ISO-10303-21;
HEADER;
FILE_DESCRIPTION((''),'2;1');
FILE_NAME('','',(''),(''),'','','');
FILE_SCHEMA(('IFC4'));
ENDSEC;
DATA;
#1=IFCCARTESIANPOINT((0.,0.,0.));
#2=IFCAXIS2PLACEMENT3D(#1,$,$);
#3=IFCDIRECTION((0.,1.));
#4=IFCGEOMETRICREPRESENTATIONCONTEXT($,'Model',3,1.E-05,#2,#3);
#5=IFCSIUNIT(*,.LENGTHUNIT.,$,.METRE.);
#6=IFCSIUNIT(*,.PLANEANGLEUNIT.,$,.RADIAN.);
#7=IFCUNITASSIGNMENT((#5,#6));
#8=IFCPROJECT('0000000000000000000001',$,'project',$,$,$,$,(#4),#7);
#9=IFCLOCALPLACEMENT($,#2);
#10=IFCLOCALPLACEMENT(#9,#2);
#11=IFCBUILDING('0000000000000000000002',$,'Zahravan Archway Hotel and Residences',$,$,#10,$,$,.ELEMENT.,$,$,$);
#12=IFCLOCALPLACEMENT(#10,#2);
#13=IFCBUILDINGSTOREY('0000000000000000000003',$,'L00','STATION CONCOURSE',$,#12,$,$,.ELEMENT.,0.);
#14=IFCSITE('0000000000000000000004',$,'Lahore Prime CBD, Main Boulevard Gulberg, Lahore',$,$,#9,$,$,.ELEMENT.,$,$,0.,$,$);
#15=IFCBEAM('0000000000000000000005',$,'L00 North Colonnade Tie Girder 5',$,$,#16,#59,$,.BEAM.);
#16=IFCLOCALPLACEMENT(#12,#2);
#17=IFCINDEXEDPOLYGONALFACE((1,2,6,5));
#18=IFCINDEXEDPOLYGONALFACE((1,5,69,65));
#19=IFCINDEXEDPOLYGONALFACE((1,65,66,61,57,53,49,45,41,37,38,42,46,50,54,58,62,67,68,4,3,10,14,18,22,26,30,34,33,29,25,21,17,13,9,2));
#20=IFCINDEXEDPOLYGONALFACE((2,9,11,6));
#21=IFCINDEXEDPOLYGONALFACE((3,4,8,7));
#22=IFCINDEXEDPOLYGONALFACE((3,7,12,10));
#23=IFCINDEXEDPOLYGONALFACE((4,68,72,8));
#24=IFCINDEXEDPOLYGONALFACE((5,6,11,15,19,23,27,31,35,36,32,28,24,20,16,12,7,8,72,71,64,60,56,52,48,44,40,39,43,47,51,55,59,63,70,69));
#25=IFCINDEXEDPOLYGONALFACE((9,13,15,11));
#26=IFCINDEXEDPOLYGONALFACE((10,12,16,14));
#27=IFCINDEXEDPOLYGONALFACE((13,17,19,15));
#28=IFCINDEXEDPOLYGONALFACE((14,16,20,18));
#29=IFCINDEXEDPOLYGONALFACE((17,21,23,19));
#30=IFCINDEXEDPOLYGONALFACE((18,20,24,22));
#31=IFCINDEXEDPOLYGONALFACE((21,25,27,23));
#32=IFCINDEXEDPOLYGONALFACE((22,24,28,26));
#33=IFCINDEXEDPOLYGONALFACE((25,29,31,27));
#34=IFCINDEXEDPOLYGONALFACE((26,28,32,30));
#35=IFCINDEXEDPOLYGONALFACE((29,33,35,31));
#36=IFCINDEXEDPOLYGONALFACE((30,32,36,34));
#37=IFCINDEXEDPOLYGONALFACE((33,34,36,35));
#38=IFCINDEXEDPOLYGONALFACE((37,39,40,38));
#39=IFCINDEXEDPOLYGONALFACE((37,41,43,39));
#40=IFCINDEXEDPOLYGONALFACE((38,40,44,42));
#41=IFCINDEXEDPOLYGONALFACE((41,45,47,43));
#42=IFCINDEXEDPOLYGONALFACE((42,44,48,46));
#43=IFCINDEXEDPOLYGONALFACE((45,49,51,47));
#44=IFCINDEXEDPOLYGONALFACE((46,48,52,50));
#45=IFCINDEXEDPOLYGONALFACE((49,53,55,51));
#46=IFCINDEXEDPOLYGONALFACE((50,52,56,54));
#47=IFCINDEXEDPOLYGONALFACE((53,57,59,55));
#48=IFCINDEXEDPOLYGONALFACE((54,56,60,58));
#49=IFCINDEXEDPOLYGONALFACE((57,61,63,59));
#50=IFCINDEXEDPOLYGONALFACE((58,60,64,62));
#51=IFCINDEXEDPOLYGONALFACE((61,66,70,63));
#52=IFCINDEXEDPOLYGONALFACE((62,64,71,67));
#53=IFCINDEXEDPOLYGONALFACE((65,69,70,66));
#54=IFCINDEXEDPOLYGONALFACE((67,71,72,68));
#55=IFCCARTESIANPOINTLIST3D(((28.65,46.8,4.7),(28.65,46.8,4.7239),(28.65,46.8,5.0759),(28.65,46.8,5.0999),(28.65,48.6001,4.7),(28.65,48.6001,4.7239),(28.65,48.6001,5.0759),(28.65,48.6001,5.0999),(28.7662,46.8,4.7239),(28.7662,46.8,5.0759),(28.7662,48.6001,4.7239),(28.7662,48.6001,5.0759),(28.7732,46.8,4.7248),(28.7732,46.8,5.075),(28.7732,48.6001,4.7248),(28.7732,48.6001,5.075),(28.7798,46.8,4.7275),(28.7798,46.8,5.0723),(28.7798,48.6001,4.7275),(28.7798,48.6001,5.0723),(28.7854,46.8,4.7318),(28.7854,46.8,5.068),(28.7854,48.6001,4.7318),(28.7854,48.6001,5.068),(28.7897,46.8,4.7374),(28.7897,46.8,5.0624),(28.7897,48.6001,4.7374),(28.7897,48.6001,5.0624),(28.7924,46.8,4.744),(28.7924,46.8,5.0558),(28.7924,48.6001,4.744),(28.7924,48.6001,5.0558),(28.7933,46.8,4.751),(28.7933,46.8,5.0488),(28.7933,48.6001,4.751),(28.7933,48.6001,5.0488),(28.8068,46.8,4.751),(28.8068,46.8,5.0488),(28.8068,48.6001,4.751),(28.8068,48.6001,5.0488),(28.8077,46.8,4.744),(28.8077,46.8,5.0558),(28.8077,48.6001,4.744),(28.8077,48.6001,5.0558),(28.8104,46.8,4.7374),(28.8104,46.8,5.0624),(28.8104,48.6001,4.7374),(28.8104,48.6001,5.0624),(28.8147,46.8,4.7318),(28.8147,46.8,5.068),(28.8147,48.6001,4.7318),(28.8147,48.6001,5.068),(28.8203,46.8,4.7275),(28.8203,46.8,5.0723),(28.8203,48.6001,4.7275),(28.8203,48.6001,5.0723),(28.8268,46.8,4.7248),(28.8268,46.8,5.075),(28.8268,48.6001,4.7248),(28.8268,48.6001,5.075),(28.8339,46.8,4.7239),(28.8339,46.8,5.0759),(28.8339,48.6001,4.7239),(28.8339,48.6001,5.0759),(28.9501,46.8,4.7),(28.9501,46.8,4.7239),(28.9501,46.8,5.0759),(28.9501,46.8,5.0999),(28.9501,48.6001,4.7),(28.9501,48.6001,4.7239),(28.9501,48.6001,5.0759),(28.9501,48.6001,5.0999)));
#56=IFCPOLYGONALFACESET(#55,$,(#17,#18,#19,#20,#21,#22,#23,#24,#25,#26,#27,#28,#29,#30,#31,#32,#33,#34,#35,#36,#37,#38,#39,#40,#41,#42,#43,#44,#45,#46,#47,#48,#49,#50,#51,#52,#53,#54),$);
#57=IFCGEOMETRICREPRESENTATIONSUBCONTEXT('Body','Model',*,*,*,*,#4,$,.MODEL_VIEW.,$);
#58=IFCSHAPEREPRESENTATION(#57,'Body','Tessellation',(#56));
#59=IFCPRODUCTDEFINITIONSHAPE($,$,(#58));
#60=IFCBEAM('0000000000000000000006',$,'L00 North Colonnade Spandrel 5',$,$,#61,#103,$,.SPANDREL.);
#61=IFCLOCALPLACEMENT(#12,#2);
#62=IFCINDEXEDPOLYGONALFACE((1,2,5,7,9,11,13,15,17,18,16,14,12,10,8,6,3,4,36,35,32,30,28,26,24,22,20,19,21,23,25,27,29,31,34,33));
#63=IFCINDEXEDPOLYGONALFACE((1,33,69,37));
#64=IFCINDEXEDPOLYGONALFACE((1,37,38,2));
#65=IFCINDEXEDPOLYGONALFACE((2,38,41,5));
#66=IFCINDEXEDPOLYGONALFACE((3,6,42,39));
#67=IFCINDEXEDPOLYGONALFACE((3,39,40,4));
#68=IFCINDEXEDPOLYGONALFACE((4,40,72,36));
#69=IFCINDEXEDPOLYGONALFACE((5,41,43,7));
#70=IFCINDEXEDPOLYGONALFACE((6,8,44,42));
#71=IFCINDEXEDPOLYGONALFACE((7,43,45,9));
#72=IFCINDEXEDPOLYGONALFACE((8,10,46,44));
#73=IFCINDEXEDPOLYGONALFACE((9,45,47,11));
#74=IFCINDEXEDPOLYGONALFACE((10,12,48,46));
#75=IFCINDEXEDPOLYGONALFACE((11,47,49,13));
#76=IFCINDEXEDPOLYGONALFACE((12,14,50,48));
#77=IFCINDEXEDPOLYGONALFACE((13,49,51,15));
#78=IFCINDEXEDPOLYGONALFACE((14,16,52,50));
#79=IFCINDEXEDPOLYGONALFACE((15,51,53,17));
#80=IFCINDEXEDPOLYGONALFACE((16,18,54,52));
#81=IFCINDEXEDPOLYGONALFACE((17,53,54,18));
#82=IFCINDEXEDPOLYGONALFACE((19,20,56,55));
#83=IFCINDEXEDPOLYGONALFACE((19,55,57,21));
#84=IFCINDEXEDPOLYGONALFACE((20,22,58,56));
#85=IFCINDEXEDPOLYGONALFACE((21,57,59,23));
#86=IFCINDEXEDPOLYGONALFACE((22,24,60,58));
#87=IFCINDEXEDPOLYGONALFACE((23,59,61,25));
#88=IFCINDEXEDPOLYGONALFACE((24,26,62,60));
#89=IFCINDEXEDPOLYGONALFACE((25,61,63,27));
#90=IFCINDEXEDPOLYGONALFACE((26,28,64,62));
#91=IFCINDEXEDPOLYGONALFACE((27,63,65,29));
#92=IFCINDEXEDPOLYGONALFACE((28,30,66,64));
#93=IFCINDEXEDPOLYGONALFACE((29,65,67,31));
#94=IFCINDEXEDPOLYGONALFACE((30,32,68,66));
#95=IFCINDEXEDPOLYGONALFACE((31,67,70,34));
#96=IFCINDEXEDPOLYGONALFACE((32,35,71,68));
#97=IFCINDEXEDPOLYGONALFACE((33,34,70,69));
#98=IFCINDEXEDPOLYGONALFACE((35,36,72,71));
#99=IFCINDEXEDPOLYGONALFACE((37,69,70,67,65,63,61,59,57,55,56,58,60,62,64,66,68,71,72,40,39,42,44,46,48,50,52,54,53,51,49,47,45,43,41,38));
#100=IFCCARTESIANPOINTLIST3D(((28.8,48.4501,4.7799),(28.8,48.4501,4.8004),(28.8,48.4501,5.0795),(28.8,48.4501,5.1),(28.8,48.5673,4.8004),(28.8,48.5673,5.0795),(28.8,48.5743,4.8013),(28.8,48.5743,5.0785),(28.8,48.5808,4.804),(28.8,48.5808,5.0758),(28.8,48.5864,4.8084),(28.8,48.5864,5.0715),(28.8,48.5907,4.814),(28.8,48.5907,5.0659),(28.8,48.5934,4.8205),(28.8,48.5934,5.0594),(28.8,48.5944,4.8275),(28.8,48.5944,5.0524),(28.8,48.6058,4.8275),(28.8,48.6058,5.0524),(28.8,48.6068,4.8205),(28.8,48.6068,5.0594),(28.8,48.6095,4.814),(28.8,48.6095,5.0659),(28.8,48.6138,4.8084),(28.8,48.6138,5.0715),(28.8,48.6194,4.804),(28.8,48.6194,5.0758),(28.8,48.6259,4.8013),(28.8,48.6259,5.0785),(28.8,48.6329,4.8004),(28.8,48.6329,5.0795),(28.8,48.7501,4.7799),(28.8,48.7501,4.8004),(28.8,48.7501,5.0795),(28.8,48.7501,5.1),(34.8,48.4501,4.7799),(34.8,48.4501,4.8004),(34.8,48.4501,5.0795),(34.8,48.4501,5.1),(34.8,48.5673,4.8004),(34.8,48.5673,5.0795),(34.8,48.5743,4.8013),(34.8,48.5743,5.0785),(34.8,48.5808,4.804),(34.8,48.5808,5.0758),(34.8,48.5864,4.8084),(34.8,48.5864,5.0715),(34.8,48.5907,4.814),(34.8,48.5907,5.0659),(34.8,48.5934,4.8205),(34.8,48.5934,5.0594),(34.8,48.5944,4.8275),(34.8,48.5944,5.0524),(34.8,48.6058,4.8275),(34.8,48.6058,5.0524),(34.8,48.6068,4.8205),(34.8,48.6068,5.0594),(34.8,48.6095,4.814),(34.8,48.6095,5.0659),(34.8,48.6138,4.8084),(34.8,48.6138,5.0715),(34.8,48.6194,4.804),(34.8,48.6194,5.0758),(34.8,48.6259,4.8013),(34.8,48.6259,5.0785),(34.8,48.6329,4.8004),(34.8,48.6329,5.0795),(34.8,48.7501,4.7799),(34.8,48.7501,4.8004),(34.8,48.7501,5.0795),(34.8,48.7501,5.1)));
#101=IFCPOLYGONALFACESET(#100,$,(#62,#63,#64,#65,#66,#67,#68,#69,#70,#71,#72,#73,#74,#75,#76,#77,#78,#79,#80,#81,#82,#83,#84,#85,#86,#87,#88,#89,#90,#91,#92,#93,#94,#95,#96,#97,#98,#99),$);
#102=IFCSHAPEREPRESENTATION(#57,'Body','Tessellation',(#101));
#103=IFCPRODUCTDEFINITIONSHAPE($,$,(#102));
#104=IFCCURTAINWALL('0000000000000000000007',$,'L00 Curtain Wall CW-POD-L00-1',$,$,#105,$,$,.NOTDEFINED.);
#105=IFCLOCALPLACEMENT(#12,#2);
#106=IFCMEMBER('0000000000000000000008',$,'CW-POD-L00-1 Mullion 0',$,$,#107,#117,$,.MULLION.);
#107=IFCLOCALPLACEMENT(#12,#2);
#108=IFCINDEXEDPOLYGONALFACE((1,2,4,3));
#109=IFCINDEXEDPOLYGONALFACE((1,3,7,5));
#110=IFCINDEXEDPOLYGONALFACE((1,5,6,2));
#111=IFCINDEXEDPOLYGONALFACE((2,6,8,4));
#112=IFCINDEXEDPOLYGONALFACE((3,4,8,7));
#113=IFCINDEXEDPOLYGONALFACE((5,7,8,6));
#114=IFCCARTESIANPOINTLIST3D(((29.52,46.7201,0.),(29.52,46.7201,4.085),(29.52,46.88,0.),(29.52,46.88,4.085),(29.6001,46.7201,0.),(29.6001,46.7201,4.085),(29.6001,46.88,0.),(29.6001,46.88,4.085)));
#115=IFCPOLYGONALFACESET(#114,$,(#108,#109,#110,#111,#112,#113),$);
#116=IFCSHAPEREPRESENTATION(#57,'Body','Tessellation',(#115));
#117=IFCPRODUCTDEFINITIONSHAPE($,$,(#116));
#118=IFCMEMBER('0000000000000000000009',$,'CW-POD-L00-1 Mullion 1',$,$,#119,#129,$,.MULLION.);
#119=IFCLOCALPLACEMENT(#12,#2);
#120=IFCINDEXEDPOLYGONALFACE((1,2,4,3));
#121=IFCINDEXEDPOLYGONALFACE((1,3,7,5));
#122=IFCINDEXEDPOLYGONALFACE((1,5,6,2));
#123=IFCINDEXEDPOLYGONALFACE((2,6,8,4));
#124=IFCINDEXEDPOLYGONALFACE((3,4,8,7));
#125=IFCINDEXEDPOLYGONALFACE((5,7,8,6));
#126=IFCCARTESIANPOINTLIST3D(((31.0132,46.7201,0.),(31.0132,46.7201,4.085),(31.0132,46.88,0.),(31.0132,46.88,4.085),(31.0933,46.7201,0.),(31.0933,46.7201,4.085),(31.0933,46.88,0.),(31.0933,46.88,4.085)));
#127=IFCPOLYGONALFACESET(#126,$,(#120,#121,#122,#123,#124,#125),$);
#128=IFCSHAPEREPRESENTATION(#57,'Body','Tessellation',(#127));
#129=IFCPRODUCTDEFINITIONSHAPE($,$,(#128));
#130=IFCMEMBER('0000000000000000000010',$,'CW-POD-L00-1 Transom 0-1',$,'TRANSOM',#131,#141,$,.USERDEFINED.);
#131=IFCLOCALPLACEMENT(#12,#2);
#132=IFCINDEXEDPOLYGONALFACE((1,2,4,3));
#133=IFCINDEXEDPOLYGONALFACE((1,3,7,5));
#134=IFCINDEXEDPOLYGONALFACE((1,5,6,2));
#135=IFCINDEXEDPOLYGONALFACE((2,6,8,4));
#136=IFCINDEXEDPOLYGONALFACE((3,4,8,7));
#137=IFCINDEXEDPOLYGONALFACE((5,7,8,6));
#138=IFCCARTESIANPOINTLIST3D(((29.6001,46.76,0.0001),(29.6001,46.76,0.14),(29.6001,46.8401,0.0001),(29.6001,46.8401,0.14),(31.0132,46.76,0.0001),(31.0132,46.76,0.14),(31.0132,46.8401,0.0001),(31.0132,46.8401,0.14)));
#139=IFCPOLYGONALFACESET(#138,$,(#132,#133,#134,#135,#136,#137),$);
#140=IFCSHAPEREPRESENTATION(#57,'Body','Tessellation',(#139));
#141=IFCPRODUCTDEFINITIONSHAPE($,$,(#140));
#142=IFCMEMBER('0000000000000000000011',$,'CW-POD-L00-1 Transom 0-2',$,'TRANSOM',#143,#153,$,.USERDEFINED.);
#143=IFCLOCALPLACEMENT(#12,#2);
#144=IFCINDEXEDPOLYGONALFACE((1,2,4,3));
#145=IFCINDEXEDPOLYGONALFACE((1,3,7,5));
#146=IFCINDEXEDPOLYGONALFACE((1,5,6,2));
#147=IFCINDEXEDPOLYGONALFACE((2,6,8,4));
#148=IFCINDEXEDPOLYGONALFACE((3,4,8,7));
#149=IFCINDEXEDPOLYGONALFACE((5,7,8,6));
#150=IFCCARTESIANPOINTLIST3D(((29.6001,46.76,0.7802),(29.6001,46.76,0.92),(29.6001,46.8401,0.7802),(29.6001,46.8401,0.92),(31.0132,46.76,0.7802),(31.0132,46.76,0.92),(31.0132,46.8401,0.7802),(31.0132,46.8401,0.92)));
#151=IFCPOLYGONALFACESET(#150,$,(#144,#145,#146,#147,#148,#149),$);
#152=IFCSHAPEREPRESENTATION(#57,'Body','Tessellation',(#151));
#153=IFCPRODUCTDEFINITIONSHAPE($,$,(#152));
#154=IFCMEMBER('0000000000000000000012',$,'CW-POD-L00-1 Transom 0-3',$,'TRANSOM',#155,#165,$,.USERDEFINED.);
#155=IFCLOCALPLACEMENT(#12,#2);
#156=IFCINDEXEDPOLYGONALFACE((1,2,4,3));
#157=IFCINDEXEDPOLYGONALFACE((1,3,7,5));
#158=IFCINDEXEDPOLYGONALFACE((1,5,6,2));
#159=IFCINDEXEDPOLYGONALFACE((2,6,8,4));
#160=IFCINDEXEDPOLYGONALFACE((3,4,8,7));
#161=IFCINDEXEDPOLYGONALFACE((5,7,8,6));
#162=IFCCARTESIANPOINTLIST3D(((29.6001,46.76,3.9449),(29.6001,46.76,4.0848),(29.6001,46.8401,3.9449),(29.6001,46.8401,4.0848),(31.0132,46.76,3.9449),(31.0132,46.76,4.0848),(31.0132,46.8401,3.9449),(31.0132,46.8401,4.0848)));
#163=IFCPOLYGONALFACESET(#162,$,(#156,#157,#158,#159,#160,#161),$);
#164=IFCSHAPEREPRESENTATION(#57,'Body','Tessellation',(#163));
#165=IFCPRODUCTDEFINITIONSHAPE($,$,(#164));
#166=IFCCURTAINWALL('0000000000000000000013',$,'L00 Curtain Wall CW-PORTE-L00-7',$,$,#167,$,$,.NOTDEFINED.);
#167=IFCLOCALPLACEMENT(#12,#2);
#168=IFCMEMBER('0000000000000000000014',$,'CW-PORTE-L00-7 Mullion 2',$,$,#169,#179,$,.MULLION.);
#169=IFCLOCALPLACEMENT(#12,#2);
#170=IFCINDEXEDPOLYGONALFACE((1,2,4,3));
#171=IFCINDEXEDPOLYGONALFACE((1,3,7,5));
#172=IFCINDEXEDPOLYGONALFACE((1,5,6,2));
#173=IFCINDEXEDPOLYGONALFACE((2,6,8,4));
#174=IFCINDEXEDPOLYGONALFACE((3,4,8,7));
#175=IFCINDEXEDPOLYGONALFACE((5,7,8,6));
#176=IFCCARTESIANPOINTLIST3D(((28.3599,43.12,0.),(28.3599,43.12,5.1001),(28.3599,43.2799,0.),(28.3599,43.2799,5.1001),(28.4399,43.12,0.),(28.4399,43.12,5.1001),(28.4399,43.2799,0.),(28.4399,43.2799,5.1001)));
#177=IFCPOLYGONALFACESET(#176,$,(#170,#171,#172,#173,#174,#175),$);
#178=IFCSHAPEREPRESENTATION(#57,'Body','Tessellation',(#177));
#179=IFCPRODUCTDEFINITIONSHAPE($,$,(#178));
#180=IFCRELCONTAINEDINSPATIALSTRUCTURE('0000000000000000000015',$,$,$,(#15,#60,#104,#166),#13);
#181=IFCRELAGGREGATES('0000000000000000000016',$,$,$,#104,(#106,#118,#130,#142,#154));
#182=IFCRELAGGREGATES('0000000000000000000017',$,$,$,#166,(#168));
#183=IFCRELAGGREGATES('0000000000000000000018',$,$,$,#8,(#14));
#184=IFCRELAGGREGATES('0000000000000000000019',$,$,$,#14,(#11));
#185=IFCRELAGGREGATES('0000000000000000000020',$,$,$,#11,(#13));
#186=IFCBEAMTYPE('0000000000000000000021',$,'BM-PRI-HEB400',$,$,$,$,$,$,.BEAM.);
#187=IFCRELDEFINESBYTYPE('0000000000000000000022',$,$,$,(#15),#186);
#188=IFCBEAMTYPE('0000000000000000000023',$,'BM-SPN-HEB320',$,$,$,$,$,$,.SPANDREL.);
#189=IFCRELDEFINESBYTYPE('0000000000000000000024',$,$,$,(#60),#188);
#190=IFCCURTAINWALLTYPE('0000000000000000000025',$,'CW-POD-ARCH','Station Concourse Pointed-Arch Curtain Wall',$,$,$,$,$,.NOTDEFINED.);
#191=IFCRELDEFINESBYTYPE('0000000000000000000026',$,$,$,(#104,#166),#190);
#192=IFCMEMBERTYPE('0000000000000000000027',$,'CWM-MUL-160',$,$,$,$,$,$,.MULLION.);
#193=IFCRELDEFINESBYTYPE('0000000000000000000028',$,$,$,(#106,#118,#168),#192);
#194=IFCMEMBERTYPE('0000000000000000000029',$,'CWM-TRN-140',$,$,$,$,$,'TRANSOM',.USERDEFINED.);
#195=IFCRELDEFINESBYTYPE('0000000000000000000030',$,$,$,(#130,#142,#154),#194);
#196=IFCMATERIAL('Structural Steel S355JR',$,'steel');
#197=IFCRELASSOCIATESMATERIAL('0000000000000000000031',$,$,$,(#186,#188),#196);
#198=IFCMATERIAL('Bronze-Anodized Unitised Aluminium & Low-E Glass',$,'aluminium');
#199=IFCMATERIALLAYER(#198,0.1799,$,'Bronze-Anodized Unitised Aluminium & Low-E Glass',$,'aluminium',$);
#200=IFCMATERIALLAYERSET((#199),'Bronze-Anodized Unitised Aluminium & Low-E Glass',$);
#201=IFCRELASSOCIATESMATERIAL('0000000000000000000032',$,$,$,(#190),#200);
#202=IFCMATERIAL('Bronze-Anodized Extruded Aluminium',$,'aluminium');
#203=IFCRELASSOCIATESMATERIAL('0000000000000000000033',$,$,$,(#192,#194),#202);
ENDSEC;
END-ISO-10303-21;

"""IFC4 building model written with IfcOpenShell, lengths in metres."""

from ifc_helpers import new_model, si_unit, direction, frame, origin, origin_2d, place, context, subcontext, project, spatial, rectangle, i_section, extrude, source, transform, mapped, material, layer, layer_set, material_profile, profile_set, type_object, type_shapes, element, aggregate, save


model = new_model("IFC4")

# Units and contexts
model_context = context("Model", 3, precision=1e-05, world=origin(), true_north=direction((0.0, 1.0)))
body_context = subcontext(model_context, "Body", "Model", "MODEL_VIEW")
ifc_project = project(units=[si_unit("LENGTHUNIT", "METRE"), si_unit("PLANEANGLEUNIT", "RADIAN")], contexts=[model_context])

# Site, building, storey
site_placement = place(None, origin())
site = spatial("IfcSite", under=ifc_project, at=site_placement, Name="Lahore Prime CBD, Main Boulevard Gulberg, Lahore", CompositionType="ELEMENT", RefElevation=0.0)
building_placement = place(site_placement, origin())
building = spatial("IfcBuilding", under=site, at=building_placement, Name="Zahravan Archway Hotel and Residences", CompositionType="ELEMENT")
storey_placement = place(building_placement, origin())
storey = spatial("IfcBuildingStorey", under=building, at=storey_placement, Name="L00", Description="STATION CONCOURSE", CompositionType="ELEMENT", Elevation=0.0)

# Beams
ifc_material_1 = material(Name="Structural Steel S355JR", Category="steel")
ifc_material_profile_1 = material_profile(ifc_material_1, i_section(OverallWidth=0.3, OverallDepth=0.3999, WebThickness=0.0134, FlangeThickness=0.0239, FilletRadius=0.0271, at=origin_2d()), Name="HEB 400", Category="steel")
ifc_profile_set_1 = profile_set([ifc_material_profile_1], Name="Structural Steel S355JR")
beam_type_1 = type_object("IfcBeamType", Name="BM-PRI-HEB400", PredefinedType="BEAM", material=ifc_profile_set_1)
shared_shape_1 = source(origin(), body_context, "Body", "SweptSolid", [
    extrude(i_section(OverallWidth=0.3, OverallDepth=0.3999, WebThickness=0.0134, FlangeThickness=0.0239, FilletRadius=0.0271, at=origin_2d()), origin(), (0.0, 0.0, 1.0), 1.8),
])
beam_1_placement = place(storey_placement, frame((28.8, 46.8, 4.8999), z_axis=(0.0, 1.0, 0.0), x_axis=(-1.0, 0.0, 0.0)))
element("IfcBeam", 1, at=beam_1_placement, inside=storey, type_object=beam_type_1, Name="L00 North Colonnade Tie Girder 5", PredefinedType="BEAM", context=body_context, shape_type="MappedRepresentation", body=[
    mapped(shared_shape_1, transform((0.0, 0.0, 0.0), scale=1.0)),
])
ifc_material_profile_2 = material_profile(ifc_material_1, i_section(OverallWidth=0.3, OverallDepth=0.3201, WebThickness=0.0115, FlangeThickness=0.0205, FilletRadius=0.0271, at=origin_2d()), Name="HEB 320", Category="steel")
ifc_profile_set_2 = profile_set([ifc_material_profile_2], Name="Structural Steel S355JR")
beam_type_2 = type_object("IfcBeamType", Name="BM-SPN-HEB320", PredefinedType="SPANDREL", material=ifc_profile_set_2)
shared_shape_2 = source(origin(), body_context, "Body", "SweptSolid", [
    extrude(i_section(OverallWidth=0.3, OverallDepth=0.3201, WebThickness=0.0115, FlangeThickness=0.0205, FilletRadius=0.0271, at=origin_2d()), origin(), (0.0, 0.0, 1.0), 6.0),
])
beam_2_placement = place(storey_placement, frame((28.8, 48.6001, 4.9399), z_axis=(1.0, 0.0, 0.0), x_axis=(0.0, 1.0, 0.0)))
element("IfcBeam", 2, at=beam_2_placement, inside=storey, type_object=beam_type_2, Name="L00 North Colonnade Spandrel 5", PredefinedType="SPANDREL", context=body_context, shape_type="MappedRepresentation", body=[
    mapped(shared_shape_2, transform((0.0, 0.0, 0.0), scale=1.0)),
])

# Curtain walls, members
ifc_material_2 = material(Name="Bronze-Anodized Unitised Aluminium & Low-E Glass", Category="aluminium")
ifc_layer_1 = layer(ifc_material_2, 0.1799, Name="Bronze-Anodized Unitised Aluminium & Low-E Glass", Category="aluminium")
ifc_layer_set_1 = layer_set([ifc_layer_1], Name="Bronze-Anodized Unitised Aluminium & Low-E Glass")
curtain_wall_type = type_object("IfcCurtainWallType", Name="CW-POD-ARCH", Description="Station Concourse Pointed-Arch Curtain Wall", PredefinedType="NOTDEFINED", material=ifc_layer_set_1)
curtain_wall_1_placement = place(storey_placement, origin())
curtain_wall_1 = element("IfcCurtainWall", 3, at=curtain_wall_1_placement, inside=storey, type_object=curtain_wall_type, Name="L00 Curtain Wall CW-POD-L00-1", PredefinedType="NOTDEFINED")
ifc_material_3 = material(Name="Bronze-Anodized Extruded Aluminium", Category="aluminium")
ifc_material_profile_3 = material_profile(ifc_material_3, rectangle(XDim=0.0801, YDim=0.1599, at=origin_2d()), Name="MUL 80x160", Category="aluminium")
ifc_profile_set_3 = profile_set([ifc_material_profile_3], Name="Bronze-Anodized Extruded Aluminium")
member_type_1 = type_object("IfcMemberType", Name="CWM-MUL-160", PredefinedType="MULLION", material=ifc_profile_set_3)
shared_shape_3 = source(origin(), body_context, "Body", "SweptSolid", [
    extrude(rectangle(XDim=0.0801, YDim=0.1599, at=origin_2d()), origin(), (0.0, 0.0, 1.0), 4.085),
])
type_shapes(member_type_1, [shared_shape_3])
member_1_placement = place(storey_placement, frame((29.5601, 46.8, 0.0), z_axis=(0.0, 0.0, 1.0), x_axis=(1.0, 0.0, 0.0)))
member_1 = element("IfcMember", 4, at=member_1_placement, type_object=member_type_1, Name="CW-POD-L00-1 Mullion 0", PredefinedType="MULLION", context=body_context, shape_type="MappedRepresentation", body=[
    mapped(shared_shape_3, transform((0.0, 0.0, 0.0), scale=1.0)),
])
member_2_placement = place(storey_placement, frame((31.0532, 46.8, 0.0), z_axis=(0.0, 0.0, 1.0), x_axis=(1.0, 0.0, 0.0)))
member_2 = element("IfcMember", 5, at=member_2_placement, type_object=member_type_1, Name="CW-POD-L00-1 Mullion 1", PredefinedType="MULLION", context=body_context, shape_type="MappedRepresentation", body=[
    mapped(shared_shape_3, transform((0.0, 0.0, 0.0), scale=1.0)),
])
ifc_material_profile_4 = material_profile(ifc_material_3, rectangle(XDim=0.0801, YDim=0.1399, at=origin_2d()), Name="TRN 80x140", Category="aluminium")
ifc_profile_set_4 = profile_set([ifc_material_profile_4], Name="Bronze-Anodized Extruded Aluminium")
member_type_2 = type_object("IfcMemberType", Name="CWM-TRN-140", ElementType="TRANSOM", PredefinedType="USERDEFINED", material=ifc_profile_set_4)
shared_shape_4 = source(origin(), body_context, "Body", "SweptSolid", [
    extrude(rectangle(XDim=0.0801, YDim=0.1399, at=origin_2d()), origin(), (0.0, 0.0, 1.0), 1.4131),
])
type_shapes(member_type_2, [shared_shape_4])
member_3_placement = place(storey_placement, frame((29.6001, 46.8, 0.0701), z_axis=(1.0, 0.0, 0.0), x_axis=(0.0, 1.0, 0.0)))
member_3 = element("IfcMember", 6, at=member_3_placement, type_object=member_type_2, Name="CW-POD-L00-1 Transom 0-1", ObjectType="TRANSOM", PredefinedType="USERDEFINED", context=body_context, shape_type="MappedRepresentation", body=[
    mapped(shared_shape_4, transform((0.0, 0.0, 0.0), scale=1.0)),
])
member_4_placement = place(storey_placement, frame((29.6001, 46.8, 0.8501), z_axis=(1.0, 0.0, 0.0), x_axis=(0.0, 1.0, 0.0)))
member_4 = element("IfcMember", 7, at=member_4_placement, type_object=member_type_2, Name="CW-POD-L00-1 Transom 0-2", ObjectType="TRANSOM", PredefinedType="USERDEFINED", context=body_context, shape_type="MappedRepresentation", body=[
    mapped(shared_shape_4, transform((0.0, 0.0, 0.0), scale=1.0)),
])
member_5_placement = place(storey_placement, frame((29.6001, 46.8, 4.0149), z_axis=(1.0, 0.0, 0.0), x_axis=(0.0, 1.0, 0.0)))
member_5 = element("IfcMember", 8, at=member_5_placement, type_object=member_type_2, Name="CW-POD-L00-1 Transom 0-3", ObjectType="TRANSOM", PredefinedType="USERDEFINED", context=body_context, shape_type="MappedRepresentation", body=[
    mapped(shared_shape_4, transform((0.0, 0.0, 0.0), scale=1.0)),
])
curtain_wall_2_placement = place(storey_placement, origin())
curtain_wall_2 = element("IfcCurtainWall", 9, at=curtain_wall_2_placement, inside=storey, type_object=curtain_wall_type, Name="L00 Curtain Wall CW-PORTE-L00-7", PredefinedType="NOTDEFINED")
shared_shape_5 = source(origin(), body_context, "Body", "SweptSolid", [
    extrude(rectangle(XDim=0.0801, YDim=0.1599, at=origin_2d()), origin(), (0.0, 0.0, 1.0), 5.1001),
])
member_6_placement = place(storey_placement, frame((28.3999, 43.2, 0.0), z_axis=(0.0, 0.0, 1.0), x_axis=(1.0, 0.0, 0.0)))
member_6 = element("IfcMember", 10, at=member_6_placement, type_object=member_type_1, Name="CW-PORTE-L00-7 Mullion 2", PredefinedType="MULLION", context=body_context, shape_type="MappedRepresentation", body=[
    mapped(shared_shape_5, transform((0.0, 0.0, 0.0), scale=1.0)),
])

aggregate(curtain_wall_1, [member_1, member_2, member_3, member_4, member_5])
aggregate(curtain_wall_2, [member_6])

save(model, "model.ifc")
